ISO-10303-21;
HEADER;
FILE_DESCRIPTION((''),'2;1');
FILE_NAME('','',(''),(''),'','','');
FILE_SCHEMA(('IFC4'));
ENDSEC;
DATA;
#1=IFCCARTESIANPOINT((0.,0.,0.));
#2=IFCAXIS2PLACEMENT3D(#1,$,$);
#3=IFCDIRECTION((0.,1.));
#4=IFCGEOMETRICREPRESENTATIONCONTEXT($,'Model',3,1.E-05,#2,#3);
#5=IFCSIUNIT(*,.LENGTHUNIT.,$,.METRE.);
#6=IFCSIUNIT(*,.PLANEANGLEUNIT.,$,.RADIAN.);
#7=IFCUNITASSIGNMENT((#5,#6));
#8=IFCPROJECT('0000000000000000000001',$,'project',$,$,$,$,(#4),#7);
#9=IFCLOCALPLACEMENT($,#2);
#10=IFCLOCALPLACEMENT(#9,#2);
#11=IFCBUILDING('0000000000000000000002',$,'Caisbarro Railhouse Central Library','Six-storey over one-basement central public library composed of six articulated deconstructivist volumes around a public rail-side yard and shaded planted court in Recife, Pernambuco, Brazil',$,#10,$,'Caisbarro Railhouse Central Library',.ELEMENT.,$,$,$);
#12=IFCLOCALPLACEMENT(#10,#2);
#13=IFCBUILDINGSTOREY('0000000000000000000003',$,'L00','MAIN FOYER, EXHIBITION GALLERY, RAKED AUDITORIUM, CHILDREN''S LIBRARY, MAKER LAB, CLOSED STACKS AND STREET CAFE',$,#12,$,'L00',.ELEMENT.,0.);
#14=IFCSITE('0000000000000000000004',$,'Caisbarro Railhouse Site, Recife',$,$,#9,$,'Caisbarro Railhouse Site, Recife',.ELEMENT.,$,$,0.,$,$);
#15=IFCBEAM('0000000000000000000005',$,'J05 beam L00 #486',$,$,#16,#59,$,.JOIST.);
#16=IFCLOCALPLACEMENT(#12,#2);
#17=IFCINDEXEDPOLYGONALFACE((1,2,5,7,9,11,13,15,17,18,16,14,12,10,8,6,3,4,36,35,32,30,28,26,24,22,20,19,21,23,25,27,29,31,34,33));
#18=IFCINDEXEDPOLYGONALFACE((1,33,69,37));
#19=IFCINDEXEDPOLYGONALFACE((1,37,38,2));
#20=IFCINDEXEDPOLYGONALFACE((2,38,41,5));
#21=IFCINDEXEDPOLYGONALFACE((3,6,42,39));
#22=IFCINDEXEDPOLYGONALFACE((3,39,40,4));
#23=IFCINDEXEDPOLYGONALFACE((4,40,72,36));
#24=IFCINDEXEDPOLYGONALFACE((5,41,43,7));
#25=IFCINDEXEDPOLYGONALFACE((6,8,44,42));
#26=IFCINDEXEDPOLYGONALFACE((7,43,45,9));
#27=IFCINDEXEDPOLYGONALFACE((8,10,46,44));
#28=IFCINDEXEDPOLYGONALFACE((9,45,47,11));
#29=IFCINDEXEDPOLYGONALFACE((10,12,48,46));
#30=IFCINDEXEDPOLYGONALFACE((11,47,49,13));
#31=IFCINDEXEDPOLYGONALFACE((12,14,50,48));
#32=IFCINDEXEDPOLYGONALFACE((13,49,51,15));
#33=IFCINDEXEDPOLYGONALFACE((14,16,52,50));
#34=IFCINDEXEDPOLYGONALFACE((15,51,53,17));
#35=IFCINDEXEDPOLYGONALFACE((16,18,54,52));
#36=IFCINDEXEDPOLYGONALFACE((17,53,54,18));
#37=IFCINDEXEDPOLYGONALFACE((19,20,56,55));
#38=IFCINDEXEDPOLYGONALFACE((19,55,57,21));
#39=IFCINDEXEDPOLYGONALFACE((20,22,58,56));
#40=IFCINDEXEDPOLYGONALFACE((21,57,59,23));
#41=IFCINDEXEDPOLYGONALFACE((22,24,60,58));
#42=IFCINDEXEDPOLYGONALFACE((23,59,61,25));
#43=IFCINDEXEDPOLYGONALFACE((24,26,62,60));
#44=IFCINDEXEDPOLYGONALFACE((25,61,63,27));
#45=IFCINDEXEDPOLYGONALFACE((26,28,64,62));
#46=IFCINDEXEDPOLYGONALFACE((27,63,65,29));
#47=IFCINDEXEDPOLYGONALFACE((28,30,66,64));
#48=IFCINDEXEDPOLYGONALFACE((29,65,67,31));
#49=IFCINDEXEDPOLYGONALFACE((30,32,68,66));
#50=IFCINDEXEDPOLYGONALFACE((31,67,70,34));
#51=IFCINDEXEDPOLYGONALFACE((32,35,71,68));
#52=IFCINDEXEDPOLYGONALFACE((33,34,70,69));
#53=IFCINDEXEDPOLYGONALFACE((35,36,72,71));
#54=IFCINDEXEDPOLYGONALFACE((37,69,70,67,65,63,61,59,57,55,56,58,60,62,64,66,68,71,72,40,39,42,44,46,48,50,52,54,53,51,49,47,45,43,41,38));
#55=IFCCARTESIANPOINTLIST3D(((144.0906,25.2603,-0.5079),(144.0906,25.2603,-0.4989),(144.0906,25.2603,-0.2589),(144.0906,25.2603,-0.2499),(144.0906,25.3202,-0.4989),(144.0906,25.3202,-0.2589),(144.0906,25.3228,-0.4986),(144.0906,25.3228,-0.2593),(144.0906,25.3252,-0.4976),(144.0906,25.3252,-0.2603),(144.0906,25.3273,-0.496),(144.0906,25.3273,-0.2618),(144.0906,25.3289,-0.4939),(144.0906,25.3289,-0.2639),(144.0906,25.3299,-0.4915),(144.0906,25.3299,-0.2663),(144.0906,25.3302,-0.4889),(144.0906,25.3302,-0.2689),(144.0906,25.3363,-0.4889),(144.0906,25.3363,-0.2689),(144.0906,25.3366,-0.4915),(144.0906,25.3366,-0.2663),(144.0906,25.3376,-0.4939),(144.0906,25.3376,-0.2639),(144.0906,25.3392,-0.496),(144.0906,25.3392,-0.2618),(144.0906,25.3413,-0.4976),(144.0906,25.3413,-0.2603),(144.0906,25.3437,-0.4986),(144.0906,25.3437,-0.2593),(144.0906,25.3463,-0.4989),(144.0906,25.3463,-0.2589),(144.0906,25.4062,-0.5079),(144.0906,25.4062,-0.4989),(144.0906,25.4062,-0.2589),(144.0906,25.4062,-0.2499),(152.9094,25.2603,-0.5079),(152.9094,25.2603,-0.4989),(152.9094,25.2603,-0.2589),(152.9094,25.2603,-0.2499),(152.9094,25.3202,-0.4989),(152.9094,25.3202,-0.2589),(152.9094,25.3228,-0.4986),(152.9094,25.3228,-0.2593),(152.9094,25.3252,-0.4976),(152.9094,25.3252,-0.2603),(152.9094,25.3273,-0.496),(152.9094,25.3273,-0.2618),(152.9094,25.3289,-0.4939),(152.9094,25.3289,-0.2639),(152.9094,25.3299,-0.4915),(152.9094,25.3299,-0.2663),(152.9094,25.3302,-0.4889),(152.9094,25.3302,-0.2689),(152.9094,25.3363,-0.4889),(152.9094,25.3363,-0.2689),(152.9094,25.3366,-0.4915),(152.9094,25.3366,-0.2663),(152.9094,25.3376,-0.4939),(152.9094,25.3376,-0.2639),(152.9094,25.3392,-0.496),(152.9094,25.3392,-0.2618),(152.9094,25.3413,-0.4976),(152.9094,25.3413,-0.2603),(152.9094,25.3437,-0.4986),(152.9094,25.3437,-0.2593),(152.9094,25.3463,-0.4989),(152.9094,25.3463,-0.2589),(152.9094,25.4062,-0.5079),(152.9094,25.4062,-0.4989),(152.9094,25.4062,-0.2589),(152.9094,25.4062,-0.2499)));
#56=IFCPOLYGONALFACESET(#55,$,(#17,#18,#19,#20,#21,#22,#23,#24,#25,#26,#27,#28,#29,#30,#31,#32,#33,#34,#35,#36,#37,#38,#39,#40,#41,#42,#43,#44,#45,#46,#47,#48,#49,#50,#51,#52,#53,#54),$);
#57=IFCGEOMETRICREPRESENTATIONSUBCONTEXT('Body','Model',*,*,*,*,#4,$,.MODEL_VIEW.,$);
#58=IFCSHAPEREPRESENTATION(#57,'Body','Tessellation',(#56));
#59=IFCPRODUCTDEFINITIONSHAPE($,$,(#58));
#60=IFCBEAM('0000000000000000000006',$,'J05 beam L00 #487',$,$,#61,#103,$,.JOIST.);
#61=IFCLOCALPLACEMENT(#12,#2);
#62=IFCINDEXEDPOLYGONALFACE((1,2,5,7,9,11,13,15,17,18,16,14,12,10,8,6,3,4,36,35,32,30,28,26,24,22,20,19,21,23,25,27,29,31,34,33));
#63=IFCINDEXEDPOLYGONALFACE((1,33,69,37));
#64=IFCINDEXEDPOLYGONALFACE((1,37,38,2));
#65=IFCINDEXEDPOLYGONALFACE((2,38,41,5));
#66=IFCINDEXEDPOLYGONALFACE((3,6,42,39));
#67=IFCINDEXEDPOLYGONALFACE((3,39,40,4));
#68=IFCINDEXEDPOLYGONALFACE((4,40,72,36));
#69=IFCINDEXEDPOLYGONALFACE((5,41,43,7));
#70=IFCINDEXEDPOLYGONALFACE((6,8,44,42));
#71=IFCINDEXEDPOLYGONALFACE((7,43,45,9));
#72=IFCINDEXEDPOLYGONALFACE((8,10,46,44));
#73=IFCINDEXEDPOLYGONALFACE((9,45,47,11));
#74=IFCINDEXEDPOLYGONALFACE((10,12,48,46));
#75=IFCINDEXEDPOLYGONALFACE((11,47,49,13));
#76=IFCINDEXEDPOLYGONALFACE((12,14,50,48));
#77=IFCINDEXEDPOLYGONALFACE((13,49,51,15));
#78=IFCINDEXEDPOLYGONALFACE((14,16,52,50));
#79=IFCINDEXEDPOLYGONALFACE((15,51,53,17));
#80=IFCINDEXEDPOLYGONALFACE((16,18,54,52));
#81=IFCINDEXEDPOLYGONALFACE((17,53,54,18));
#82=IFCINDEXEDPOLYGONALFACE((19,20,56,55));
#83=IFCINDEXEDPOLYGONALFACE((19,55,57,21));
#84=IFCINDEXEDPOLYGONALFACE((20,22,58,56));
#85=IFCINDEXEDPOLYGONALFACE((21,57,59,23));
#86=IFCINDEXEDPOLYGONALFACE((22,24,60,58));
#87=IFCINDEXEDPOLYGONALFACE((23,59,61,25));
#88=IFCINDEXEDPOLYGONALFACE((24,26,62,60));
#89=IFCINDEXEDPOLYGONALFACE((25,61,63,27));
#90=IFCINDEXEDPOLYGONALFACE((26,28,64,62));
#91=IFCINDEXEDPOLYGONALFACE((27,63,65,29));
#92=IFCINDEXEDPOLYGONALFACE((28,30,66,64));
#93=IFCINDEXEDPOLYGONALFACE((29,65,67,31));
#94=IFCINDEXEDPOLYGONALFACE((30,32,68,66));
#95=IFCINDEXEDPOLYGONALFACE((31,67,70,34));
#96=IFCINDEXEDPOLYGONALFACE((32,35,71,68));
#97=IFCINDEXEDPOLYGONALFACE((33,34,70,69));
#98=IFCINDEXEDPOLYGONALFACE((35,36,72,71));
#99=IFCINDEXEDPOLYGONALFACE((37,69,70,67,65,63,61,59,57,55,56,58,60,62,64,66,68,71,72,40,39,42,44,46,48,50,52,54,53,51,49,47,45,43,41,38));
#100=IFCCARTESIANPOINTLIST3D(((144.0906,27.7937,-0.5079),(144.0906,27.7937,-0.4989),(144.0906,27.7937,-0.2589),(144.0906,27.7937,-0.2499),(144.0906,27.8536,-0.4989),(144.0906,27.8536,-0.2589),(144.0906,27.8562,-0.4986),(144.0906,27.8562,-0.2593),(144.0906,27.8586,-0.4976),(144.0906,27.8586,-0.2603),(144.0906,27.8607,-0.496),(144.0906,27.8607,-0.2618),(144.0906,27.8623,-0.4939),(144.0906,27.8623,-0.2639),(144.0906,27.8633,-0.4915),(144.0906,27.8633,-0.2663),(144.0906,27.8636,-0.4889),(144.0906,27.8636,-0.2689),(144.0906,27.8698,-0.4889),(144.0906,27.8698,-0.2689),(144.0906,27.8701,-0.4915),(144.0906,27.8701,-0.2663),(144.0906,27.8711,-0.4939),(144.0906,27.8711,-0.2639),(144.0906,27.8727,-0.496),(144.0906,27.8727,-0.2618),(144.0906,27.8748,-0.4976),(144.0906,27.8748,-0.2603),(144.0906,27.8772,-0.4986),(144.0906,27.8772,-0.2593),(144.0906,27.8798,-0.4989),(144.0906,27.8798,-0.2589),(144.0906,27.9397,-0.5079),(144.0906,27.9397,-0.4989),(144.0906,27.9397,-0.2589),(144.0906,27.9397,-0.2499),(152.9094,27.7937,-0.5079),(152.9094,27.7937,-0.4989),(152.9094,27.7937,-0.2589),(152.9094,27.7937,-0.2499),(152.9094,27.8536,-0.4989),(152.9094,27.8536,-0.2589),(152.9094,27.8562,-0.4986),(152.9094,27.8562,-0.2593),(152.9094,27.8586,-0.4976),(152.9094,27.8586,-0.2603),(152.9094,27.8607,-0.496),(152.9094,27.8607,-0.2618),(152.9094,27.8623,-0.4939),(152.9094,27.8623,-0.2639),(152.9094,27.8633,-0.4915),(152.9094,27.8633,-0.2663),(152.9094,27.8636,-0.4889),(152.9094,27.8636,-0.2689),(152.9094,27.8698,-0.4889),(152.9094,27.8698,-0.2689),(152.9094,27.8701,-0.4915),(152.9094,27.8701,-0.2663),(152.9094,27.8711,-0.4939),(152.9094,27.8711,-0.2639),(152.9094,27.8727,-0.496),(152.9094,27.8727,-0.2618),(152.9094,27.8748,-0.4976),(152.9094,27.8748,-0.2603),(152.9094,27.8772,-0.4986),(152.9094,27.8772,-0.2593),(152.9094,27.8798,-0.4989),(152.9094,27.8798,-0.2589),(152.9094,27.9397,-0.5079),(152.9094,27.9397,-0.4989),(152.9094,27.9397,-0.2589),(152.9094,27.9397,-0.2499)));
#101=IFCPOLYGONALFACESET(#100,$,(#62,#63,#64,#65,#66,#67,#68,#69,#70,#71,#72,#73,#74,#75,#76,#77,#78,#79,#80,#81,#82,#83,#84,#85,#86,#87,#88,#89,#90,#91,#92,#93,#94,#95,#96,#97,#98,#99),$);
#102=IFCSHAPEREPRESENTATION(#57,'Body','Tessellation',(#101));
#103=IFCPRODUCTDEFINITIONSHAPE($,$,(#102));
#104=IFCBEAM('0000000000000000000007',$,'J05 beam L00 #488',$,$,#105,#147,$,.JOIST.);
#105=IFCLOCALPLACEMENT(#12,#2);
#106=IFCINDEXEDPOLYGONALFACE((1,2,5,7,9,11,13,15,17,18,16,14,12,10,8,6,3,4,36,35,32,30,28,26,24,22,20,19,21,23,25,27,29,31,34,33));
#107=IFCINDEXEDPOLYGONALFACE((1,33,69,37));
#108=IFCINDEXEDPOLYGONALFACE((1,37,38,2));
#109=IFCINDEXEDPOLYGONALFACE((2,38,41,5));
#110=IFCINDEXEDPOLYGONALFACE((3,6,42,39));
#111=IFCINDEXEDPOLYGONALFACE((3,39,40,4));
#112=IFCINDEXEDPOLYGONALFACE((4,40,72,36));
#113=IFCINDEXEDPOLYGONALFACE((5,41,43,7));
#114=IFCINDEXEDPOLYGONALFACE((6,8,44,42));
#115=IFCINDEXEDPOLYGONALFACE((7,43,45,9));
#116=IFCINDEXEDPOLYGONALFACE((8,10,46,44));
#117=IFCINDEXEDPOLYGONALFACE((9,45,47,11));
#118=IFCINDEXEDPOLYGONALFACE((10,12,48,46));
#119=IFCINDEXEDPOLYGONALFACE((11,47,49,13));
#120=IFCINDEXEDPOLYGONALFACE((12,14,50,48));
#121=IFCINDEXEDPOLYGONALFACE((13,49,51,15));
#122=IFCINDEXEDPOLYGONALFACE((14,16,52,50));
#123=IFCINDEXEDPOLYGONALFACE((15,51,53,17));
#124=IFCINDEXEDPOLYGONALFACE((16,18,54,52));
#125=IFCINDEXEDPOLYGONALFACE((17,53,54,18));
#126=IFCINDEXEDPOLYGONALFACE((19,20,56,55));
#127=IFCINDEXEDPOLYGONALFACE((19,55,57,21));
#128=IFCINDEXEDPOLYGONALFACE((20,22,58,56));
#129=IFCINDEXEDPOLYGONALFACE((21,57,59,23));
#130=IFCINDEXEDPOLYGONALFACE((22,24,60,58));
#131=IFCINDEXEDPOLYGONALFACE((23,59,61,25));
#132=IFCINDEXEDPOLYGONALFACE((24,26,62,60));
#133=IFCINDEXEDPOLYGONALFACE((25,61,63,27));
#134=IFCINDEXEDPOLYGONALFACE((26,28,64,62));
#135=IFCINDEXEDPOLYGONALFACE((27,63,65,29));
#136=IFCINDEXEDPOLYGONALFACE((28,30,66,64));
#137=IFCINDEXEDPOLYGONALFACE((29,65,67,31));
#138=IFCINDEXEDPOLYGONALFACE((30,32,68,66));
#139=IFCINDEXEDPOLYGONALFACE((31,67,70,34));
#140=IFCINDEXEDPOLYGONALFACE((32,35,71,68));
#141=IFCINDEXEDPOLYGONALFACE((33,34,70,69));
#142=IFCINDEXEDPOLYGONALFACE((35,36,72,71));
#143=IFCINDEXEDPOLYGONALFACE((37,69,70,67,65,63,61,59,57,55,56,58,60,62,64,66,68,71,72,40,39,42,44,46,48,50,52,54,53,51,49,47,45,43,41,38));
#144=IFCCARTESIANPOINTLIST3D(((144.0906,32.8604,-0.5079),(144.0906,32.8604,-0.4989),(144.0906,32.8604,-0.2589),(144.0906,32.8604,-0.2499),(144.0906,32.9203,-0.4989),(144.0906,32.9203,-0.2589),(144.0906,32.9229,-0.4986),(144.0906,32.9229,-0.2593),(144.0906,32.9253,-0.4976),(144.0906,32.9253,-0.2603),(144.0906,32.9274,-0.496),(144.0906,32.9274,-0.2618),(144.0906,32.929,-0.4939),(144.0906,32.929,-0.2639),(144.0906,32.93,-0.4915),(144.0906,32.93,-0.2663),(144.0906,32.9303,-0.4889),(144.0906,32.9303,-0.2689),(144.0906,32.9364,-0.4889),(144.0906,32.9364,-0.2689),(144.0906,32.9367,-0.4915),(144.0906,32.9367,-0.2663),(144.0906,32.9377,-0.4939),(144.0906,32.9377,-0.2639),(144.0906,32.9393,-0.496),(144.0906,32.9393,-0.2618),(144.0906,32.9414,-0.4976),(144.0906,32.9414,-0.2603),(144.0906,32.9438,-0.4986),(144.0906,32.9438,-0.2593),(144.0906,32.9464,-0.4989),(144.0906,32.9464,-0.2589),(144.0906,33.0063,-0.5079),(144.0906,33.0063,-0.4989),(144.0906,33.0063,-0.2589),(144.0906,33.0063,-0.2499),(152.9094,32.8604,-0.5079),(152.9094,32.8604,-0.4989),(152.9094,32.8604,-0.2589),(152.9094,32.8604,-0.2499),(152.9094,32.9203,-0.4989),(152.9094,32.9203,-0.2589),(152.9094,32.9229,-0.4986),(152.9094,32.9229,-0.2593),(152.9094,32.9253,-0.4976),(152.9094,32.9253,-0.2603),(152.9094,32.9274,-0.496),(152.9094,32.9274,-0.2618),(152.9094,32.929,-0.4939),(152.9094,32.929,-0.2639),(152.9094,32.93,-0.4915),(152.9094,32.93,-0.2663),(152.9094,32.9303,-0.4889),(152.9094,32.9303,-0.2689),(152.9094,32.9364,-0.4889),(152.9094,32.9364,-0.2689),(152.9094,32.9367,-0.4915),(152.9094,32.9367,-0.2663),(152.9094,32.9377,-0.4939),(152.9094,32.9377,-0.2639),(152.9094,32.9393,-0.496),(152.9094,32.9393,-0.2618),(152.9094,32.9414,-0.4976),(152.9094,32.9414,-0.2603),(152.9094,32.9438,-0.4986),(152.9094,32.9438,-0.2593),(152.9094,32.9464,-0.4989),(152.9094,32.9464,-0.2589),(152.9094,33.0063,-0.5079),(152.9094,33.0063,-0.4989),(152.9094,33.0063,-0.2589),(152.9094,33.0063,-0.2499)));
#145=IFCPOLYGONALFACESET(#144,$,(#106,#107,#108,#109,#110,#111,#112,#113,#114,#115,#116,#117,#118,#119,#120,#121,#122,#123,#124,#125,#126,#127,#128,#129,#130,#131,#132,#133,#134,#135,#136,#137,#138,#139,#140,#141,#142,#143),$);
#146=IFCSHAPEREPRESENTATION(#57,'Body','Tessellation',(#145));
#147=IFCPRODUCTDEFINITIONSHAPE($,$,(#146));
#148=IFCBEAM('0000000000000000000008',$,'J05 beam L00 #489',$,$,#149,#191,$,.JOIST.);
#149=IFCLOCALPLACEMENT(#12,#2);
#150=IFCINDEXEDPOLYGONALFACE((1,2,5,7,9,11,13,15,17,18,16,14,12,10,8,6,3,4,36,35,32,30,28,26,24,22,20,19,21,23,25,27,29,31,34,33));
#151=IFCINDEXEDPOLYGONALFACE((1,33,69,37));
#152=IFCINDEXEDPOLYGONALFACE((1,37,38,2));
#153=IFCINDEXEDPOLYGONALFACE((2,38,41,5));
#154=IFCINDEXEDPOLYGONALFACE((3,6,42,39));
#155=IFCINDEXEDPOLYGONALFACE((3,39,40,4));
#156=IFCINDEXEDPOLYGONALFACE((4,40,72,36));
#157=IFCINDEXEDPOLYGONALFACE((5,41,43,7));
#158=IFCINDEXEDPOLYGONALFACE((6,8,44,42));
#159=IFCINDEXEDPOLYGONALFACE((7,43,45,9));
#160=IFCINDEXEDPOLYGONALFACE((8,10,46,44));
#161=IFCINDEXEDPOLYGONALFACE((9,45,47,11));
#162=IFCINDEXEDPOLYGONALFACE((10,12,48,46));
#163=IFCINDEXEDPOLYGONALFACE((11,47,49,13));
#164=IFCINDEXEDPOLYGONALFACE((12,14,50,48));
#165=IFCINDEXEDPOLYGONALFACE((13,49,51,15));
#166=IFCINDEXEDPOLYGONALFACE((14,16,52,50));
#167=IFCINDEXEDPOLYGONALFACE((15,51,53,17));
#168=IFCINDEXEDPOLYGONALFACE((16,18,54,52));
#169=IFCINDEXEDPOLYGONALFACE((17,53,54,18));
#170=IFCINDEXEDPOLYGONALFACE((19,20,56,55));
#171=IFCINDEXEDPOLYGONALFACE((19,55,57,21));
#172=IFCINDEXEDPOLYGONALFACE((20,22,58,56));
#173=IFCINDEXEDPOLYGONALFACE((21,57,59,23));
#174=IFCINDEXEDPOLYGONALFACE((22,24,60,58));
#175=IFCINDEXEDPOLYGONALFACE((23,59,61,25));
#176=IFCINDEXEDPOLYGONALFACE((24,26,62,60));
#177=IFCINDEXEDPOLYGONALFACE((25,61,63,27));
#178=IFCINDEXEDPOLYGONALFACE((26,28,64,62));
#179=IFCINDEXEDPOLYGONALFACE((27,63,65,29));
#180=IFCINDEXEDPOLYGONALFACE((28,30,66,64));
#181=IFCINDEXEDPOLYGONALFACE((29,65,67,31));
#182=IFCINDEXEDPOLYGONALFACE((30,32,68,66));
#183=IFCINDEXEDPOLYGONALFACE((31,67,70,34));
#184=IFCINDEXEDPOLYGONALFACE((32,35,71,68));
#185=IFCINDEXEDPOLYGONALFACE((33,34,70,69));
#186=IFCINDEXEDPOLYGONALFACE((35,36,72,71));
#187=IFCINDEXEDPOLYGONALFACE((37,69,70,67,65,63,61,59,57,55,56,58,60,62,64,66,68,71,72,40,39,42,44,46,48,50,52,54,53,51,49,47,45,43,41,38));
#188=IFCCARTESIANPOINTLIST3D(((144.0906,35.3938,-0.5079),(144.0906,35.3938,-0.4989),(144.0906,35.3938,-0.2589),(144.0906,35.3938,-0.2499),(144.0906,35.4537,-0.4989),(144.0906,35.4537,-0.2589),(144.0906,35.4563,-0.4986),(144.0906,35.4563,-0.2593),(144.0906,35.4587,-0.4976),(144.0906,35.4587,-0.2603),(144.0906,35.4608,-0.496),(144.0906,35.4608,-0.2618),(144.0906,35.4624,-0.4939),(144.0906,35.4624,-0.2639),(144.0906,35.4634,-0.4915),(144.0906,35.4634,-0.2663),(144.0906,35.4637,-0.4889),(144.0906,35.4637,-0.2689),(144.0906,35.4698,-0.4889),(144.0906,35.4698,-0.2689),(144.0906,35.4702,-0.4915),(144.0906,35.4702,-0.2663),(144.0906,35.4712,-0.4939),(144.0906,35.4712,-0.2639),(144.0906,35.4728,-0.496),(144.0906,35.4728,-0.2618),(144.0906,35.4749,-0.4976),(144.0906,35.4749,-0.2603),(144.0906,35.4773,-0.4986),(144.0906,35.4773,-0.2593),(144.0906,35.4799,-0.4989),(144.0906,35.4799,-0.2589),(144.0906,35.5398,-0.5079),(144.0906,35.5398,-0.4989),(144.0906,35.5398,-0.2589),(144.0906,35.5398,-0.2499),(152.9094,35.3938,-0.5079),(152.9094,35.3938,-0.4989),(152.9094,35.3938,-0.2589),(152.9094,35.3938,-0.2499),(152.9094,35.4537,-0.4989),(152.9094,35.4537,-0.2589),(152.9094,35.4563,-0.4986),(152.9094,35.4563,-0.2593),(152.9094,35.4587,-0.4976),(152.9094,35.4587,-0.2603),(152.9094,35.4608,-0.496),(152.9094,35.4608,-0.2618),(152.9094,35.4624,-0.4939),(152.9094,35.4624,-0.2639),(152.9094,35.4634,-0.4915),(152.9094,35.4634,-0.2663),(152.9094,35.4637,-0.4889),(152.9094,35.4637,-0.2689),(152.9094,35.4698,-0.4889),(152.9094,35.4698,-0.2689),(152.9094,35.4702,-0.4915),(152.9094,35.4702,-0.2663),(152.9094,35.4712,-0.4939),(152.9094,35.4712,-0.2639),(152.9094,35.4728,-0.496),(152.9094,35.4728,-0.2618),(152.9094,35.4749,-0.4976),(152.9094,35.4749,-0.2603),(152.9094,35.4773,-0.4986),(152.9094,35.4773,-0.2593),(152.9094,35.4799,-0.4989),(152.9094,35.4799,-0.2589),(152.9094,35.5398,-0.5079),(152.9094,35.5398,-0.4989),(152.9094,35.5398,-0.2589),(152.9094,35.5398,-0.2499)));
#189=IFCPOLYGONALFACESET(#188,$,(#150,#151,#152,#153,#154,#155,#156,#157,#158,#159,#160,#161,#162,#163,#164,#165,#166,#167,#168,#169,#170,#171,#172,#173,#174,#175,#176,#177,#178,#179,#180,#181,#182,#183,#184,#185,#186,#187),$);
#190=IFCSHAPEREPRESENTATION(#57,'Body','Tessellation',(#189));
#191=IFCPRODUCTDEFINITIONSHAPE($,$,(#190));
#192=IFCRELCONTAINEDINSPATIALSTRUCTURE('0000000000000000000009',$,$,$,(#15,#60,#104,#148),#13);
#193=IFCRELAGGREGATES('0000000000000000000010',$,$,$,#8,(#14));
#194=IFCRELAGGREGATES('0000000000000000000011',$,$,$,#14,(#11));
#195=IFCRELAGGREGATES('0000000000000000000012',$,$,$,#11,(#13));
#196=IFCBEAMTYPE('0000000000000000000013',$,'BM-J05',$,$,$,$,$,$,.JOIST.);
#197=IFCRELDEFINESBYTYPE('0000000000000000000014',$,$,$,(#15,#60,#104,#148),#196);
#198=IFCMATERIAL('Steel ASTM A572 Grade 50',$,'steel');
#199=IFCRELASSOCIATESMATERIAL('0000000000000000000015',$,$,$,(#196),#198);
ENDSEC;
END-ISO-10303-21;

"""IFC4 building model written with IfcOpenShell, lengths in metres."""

from ifc_helpers import new_model, si_unit, direction, frame, origin, origin_2d, place, context, subcontext, project, spatial, i_section, extrude, material, material_profile, profile_set, type_object, element, save


model = new_model("IFC4")

# Units and contexts
model_context = context("Model", 3, precision=1e-05, world=origin(), true_north=direction((0.0, 1.0)))
body_context = subcontext(model_context, "Body", "Model", "MODEL_VIEW")
ifc_project = project(units=[si_unit("LENGTHUNIT", "METRE"), si_unit("PLANEANGLEUNIT", "RADIAN")], contexts=[model_context])

# Site, building, storey
site_placement = place(None, origin())
site = spatial("IfcSite", under=ifc_project, at=site_placement, Name="Caisbarro Railhouse Site, Recife", LongName="Caisbarro Railhouse Site, Recife", CompositionType="ELEMENT", RefElevation=0.0)
building_placement = place(site_placement, origin())
building = spatial("IfcBuilding", under=site, at=building_placement, Name="Caisbarro Railhouse Central Library", Description="Six-storey over one-basement central public library composed of six articulated deconstructivist volumes around a public rail-side yard and shaded planted court in Recife, Pernambuco, Brazil", LongName="Caisbarro Railhouse Central Library", CompositionType="ELEMENT")
storey_placement = place(building_placement, origin())
storey = spatial("IfcBuildingStorey", under=building, at=storey_placement, Name="L00", Description="MAIN FOYER, EXHIBITION GALLERY, RAKED AUDITORIUM, CHILDREN'S LIBRARY, MAKER LAB, CLOSED STACKS AND STREET CAFE", LongName="L00", CompositionType="ELEMENT", Elevation=0.0)

# Shared definitions
ifc_material_1 = material(Name="Steel ASTM A572 Grade 50", Category="steel")

# Beams
ifc_material_profile_1 = material_profile(ifc_material_1, i_section(OverallWidth=0.146, OverallDepth=0.2581, WebThickness=0.0061, FlangeThickness=0.009, FilletRadius=0.01, at=origin_2d()), Name="W250X32.7")
ifc_profile_set_1 = profile_set([ifc_material_profile_1], Name="Steel ASTM A572 Grade 50")
beam_type_1 = type_object("IfcBeamType", Name="BM-J05", PredefinedType="JOIST", material=ifc_profile_set_1)
for number, where, z_axis, x_axis, name in (
    (1, (144.0906, 25.3333, -0.3789), (1.0, 0.0, 0.0), (0.0, 1.0, 0.0), "J05 beam L00 #486"),
    (2, (144.0906, 27.8667, -0.3789), (1.0, 0.0, 0.0), (0.0, 1.0, 0.0), "J05 beam L00 #487"),
    (3, (144.0906, 32.9333, -0.3789), (1.0, 0.0, 0.0), (0.0, 1.0, 0.0), "J05 beam L00 #488"),
    (4, (144.0906, 35.4668, -0.3789), (1.0, 0.0, 0.0), (0.0, 1.0, 0.0), "J05 beam L00 #489"),
):
    element("IfcBeam", number, at=place(storey_placement, frame(where, z_axis=z_axis, x_axis=x_axis)), inside=storey, type_object=beam_type_1, Name=name, PredefinedType="JOIST", context=body_context, shape_type="SweptSolid", body=[
        extrude(i_section(OverallWidth=0.146, OverallDepth=0.2581, WebThickness=0.0061, FlangeThickness=0.009, FilletRadius=0.01, at=origin_2d()), origin(), (0.0, 0.0, 1.0), 8.8188),
    ])

save(model, "model.ifc")
